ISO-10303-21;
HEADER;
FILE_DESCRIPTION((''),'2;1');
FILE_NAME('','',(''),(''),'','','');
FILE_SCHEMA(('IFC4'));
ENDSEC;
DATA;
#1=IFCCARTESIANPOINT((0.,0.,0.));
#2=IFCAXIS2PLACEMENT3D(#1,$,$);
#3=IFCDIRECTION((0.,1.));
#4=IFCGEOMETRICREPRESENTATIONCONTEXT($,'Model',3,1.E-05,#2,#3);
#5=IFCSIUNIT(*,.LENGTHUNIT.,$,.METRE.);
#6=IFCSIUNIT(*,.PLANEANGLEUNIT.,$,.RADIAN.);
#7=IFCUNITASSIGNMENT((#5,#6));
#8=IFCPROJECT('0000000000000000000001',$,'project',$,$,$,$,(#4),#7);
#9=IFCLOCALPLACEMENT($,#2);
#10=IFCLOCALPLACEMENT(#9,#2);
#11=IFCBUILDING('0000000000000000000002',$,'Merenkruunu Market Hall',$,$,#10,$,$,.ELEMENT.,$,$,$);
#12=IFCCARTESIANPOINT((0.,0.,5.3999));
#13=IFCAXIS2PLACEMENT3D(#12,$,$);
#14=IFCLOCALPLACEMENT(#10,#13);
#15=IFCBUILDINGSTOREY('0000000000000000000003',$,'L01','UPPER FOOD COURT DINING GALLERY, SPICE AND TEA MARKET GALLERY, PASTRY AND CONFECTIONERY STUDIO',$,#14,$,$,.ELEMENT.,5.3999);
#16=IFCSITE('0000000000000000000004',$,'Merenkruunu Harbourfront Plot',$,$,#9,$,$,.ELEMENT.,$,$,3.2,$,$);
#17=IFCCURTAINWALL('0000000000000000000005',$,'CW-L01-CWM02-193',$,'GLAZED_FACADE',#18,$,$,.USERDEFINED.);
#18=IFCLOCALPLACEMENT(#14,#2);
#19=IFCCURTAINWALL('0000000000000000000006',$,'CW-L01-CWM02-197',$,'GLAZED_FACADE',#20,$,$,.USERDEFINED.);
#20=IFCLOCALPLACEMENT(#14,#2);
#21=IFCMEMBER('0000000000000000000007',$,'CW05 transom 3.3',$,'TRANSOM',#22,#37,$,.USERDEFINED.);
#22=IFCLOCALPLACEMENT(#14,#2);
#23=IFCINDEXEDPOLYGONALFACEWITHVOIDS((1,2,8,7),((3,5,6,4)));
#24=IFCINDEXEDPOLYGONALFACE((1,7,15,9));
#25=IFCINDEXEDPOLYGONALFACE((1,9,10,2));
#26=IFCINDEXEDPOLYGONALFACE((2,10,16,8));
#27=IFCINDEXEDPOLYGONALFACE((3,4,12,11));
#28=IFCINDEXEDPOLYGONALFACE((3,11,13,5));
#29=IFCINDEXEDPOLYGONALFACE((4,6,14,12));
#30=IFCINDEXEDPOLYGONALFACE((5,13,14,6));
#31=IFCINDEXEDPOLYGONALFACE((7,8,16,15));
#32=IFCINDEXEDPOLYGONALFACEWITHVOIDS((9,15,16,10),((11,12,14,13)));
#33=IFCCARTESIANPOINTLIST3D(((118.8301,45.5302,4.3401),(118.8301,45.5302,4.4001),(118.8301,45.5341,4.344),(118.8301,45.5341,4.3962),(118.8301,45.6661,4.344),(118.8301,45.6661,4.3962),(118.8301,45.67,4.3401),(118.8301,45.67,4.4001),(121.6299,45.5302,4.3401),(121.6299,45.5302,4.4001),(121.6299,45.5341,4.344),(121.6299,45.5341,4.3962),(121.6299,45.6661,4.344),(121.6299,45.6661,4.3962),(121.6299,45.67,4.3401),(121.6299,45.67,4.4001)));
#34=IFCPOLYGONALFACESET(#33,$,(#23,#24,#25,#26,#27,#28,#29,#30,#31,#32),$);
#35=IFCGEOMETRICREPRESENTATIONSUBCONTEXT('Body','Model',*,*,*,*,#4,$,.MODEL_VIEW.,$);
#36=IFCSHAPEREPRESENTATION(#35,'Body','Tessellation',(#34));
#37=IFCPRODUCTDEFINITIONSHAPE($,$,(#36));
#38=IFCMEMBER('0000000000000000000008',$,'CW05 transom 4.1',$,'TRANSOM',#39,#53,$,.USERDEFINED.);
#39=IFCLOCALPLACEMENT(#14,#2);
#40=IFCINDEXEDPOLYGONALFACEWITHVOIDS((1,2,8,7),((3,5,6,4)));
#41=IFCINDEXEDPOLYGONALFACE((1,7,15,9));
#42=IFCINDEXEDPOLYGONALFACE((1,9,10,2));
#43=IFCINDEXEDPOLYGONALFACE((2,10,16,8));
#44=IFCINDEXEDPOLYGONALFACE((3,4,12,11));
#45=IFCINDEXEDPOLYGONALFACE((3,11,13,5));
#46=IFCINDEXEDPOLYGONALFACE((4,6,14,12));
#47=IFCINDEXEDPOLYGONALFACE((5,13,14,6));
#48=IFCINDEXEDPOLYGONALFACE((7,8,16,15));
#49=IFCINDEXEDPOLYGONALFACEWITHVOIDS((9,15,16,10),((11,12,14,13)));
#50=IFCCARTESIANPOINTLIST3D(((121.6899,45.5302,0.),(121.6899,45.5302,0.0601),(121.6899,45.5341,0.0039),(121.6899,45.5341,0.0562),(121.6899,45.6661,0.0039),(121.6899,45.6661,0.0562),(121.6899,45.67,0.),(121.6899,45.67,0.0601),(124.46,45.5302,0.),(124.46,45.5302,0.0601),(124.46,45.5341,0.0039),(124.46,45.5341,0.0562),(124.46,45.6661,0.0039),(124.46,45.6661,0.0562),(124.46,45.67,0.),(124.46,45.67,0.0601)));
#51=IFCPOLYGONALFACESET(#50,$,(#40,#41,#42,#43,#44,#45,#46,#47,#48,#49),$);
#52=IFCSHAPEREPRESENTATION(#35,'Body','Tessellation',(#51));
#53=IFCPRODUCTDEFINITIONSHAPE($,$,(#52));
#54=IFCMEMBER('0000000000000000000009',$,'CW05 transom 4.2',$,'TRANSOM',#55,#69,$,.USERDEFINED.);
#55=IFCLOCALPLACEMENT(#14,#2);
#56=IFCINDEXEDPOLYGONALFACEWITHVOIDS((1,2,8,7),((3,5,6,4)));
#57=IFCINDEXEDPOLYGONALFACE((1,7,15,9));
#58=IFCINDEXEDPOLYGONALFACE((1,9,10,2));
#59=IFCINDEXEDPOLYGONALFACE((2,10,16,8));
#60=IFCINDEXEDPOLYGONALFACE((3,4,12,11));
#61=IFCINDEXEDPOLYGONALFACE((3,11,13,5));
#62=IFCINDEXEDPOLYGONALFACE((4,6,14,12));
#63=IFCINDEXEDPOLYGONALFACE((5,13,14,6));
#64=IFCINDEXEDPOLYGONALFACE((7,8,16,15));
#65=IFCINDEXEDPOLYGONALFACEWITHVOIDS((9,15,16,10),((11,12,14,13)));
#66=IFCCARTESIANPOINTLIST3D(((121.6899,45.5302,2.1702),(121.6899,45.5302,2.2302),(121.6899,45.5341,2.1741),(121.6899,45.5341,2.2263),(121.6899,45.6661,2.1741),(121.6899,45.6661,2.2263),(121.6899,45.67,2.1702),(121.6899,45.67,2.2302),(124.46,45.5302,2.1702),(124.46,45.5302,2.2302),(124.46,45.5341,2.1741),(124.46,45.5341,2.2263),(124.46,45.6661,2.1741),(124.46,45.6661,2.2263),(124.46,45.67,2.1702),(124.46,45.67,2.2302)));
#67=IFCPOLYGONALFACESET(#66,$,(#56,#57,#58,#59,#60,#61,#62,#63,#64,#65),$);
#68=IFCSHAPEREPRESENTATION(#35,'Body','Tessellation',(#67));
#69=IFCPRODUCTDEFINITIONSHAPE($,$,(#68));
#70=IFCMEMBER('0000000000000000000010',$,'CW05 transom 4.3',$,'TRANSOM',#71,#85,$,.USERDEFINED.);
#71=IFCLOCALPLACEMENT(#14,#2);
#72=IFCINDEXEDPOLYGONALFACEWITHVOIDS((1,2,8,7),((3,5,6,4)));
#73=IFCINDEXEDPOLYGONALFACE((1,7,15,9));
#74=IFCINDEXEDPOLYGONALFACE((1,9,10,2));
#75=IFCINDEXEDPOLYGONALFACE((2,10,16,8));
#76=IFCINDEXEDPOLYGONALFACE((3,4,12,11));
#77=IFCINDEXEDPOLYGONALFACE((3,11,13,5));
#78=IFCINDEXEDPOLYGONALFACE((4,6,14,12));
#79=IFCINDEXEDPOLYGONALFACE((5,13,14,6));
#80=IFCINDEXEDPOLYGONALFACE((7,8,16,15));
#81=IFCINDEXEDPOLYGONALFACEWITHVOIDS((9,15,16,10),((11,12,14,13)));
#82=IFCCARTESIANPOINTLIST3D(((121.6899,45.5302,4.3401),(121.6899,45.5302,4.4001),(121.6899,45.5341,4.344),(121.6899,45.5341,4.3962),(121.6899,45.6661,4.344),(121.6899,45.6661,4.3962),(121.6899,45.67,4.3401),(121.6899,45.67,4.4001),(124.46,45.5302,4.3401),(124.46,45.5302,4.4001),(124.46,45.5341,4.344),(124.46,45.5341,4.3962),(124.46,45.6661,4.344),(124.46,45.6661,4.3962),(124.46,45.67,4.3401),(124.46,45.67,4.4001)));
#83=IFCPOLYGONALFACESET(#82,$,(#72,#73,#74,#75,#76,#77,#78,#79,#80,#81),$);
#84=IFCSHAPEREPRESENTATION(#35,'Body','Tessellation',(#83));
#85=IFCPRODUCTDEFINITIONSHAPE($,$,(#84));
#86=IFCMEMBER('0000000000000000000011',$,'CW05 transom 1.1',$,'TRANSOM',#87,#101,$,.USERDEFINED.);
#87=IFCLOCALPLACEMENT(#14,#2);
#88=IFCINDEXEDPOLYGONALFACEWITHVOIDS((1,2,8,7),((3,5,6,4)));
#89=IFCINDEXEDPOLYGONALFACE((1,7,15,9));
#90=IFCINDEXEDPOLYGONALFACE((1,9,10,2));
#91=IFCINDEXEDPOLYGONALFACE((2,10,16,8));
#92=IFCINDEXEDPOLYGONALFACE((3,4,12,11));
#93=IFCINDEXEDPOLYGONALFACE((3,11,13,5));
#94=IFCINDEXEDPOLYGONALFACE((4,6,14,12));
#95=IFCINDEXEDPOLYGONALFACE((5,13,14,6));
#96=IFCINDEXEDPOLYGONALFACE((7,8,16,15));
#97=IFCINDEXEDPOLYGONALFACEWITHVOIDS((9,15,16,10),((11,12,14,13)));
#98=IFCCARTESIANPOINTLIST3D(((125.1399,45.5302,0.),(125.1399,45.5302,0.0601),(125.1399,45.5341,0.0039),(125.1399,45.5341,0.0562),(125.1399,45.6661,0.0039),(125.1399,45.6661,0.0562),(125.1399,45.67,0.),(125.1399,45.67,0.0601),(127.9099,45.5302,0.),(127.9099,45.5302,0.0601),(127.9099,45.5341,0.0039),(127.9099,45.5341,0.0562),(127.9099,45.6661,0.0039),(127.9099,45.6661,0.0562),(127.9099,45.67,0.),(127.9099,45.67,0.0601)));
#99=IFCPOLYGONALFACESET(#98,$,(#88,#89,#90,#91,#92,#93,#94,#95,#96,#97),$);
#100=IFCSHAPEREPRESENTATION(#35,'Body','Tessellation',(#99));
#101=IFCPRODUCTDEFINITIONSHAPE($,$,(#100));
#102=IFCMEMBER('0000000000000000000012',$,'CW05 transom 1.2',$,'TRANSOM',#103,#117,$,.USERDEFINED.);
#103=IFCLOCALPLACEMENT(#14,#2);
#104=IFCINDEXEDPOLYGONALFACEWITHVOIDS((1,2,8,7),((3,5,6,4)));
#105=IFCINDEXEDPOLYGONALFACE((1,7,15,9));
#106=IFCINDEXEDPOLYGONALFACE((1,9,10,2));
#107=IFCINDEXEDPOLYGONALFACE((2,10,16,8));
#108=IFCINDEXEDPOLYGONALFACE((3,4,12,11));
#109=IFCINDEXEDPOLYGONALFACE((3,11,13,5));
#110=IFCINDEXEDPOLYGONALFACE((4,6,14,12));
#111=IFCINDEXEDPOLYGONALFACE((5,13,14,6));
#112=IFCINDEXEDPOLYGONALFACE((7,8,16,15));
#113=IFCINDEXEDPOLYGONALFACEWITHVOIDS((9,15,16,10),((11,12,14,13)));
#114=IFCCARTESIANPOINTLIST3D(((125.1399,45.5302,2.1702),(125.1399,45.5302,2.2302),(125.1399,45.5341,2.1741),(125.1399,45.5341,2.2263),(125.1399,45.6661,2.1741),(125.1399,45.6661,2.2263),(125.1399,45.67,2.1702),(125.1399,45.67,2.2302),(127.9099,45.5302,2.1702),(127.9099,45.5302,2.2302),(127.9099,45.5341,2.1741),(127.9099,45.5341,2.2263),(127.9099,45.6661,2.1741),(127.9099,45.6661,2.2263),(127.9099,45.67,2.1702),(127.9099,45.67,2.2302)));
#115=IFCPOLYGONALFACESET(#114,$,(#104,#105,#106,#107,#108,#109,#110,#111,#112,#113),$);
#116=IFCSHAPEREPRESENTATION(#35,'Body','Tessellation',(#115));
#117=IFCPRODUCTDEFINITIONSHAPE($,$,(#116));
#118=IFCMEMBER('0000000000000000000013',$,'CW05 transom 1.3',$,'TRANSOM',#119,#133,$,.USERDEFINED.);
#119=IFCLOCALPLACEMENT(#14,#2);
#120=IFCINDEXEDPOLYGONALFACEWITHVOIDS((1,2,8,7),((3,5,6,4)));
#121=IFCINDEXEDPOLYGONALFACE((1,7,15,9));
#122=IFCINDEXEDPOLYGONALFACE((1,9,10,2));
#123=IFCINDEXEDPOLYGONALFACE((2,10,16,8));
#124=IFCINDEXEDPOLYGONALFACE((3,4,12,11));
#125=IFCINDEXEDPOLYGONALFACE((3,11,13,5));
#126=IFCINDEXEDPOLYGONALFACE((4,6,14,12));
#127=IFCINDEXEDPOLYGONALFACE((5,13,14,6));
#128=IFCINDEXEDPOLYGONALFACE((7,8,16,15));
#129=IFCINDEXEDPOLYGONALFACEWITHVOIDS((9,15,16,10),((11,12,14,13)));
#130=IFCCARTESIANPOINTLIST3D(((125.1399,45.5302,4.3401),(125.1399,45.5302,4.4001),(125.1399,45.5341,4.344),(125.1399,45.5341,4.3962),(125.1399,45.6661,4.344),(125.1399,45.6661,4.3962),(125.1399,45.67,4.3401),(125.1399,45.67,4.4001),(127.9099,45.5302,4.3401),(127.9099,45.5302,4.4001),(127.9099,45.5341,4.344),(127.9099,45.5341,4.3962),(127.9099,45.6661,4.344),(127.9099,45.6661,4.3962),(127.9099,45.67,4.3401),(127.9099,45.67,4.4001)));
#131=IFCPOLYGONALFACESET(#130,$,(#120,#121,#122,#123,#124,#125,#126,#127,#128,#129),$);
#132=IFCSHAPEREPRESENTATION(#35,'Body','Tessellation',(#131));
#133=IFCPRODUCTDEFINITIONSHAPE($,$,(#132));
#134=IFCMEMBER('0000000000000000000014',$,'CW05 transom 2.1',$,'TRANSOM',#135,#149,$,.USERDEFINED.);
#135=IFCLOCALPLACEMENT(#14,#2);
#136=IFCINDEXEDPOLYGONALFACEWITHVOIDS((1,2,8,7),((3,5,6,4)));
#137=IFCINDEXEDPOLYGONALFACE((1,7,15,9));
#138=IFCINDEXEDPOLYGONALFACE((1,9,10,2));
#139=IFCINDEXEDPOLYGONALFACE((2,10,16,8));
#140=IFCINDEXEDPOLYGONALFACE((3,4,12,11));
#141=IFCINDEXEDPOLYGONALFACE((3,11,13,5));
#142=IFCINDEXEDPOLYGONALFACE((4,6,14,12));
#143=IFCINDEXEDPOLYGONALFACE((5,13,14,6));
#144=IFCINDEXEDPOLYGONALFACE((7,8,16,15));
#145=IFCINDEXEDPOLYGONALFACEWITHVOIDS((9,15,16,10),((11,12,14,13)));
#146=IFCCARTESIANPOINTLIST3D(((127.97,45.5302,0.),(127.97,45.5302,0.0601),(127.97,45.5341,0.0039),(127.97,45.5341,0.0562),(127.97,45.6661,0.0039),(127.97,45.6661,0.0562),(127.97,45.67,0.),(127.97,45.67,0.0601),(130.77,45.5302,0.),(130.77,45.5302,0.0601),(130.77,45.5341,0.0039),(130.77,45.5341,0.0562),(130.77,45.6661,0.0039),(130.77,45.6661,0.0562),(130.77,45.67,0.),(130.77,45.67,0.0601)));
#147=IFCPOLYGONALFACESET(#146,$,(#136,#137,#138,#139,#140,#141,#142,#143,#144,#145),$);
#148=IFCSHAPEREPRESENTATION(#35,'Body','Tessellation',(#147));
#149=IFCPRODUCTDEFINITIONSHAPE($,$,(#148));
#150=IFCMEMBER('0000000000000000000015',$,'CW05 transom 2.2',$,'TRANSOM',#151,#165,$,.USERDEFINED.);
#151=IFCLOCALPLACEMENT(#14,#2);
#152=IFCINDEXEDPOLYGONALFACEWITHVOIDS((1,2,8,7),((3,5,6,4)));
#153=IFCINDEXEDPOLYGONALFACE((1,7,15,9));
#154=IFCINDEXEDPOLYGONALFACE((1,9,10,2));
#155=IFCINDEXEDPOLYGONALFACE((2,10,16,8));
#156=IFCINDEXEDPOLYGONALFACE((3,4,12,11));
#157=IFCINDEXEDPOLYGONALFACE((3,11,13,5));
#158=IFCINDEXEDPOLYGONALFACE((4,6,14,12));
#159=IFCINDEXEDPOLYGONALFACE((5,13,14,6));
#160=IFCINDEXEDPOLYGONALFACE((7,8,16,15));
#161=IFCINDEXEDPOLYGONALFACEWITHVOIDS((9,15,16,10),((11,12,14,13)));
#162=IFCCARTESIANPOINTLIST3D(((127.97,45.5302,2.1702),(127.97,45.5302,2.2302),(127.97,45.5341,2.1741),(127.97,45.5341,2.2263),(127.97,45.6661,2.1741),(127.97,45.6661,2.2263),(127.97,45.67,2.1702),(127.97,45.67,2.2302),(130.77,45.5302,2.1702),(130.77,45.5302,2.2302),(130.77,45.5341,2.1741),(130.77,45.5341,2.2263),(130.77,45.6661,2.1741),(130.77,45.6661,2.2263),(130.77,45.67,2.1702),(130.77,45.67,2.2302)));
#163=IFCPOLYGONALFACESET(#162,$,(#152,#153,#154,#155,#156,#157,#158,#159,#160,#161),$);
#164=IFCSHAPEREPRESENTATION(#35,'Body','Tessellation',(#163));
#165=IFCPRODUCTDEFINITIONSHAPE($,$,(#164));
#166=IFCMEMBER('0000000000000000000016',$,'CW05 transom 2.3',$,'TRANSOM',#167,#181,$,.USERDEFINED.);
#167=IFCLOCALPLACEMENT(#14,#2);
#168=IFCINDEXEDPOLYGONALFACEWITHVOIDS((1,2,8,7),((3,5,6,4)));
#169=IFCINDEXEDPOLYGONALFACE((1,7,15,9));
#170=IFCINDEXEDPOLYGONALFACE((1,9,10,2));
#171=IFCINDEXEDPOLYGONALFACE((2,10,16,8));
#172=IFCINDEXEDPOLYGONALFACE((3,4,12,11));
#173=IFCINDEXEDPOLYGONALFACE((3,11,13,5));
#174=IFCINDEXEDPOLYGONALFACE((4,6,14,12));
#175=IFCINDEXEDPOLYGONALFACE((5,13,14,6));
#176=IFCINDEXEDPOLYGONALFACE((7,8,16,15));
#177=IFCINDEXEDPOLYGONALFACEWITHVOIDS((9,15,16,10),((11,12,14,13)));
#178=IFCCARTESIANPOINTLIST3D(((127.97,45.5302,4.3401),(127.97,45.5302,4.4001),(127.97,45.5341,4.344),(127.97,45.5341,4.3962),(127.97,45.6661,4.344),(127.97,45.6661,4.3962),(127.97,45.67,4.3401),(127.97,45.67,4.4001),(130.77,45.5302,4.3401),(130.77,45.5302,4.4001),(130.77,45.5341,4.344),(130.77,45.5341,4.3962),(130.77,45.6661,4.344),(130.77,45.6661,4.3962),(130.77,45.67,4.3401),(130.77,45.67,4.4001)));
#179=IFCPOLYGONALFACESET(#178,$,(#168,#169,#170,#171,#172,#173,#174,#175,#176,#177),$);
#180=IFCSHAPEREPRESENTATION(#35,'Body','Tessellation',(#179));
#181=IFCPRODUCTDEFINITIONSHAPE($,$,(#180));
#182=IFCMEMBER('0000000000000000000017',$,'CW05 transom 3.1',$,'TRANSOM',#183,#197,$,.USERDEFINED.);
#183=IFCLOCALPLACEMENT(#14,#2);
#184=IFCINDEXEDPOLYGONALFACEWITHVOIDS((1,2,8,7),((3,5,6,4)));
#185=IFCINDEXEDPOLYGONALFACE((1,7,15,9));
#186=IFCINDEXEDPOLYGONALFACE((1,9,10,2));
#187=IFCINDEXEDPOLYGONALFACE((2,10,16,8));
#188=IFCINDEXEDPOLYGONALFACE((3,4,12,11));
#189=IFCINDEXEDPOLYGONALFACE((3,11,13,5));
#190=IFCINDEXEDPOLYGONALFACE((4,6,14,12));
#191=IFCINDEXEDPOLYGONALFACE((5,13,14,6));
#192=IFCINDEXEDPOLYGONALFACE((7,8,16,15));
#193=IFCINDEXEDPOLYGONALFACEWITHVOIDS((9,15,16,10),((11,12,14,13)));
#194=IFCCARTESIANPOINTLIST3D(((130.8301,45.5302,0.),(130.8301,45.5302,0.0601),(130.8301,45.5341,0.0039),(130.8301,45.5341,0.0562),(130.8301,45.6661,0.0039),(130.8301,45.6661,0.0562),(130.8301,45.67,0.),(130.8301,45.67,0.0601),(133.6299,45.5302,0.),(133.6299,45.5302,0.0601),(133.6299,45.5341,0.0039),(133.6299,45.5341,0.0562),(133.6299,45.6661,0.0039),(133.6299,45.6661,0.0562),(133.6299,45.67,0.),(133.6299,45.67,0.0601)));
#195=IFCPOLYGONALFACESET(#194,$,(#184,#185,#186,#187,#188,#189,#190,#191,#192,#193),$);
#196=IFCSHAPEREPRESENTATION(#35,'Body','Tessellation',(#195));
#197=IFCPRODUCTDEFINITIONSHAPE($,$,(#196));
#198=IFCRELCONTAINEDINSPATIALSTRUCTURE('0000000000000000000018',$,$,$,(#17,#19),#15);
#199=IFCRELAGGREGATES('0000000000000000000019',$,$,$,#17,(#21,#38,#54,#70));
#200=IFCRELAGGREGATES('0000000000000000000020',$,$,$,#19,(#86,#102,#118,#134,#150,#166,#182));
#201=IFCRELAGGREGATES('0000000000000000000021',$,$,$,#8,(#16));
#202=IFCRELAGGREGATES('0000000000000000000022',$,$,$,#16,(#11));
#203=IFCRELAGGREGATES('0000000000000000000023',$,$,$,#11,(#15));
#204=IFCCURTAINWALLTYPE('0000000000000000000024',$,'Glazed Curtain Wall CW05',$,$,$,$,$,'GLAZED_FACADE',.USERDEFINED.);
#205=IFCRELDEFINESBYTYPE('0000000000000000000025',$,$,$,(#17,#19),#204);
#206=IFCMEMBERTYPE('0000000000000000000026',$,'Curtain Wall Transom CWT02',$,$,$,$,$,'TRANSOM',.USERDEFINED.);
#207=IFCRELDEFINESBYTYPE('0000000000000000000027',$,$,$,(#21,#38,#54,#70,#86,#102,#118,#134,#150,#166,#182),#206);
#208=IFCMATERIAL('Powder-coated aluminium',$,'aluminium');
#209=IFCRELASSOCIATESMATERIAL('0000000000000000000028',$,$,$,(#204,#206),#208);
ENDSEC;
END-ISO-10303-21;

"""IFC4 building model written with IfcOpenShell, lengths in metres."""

from ifc_helpers import new_model, si_unit, direction, frame, origin, origin_2d, place, context, subcontext, project, spatial, hollow_rectangle, extrude, material, material_profile, profile_set, type_object, element, aggregate, save


model = new_model("IFC4")

# Units and contexts
model_context = context("Model", 3, precision=1e-05, world=origin(), true_north=direction((0.0, 1.0)))
body_context = subcontext(model_context, "Body", "Model", "MODEL_VIEW")
ifc_project = project(units=[si_unit("LENGTHUNIT", "METRE"), si_unit("PLANEANGLEUNIT", "RADIAN")], contexts=[model_context])

# Site, building, storey
site_placement = place(None, origin())
site = spatial("IfcSite", under=ifc_project, at=site_placement, Name="Merenkruunu Harbourfront Plot", CompositionType="ELEMENT", RefElevation=3.2)
building_placement = place(site_placement, origin())
building = spatial("IfcBuilding", under=site, at=building_placement, Name="Merenkruunu Market Hall", CompositionType="ELEMENT")
storey_placement = place(building_placement, frame((0.0, 0.0, 5.3999)))
storey = spatial("IfcBuildingStorey", under=building, at=storey_placement, Name="L01", Description="UPPER FOOD COURT DINING GALLERY, SPICE AND TEA MARKET GALLERY, PASTRY AND CONFECTIONERY STUDIO", CompositionType="ELEMENT", Elevation=5.3999)

# Curtain walls
ifc_material_1 = material(Name="Powder-coated aluminium", Category="aluminium")
curtain_wall_type = type_object("IfcCurtainWallType", Name="Glazed Curtain Wall CW05", ElementType="GLAZED_FACADE", PredefinedType="USERDEFINED", material=ifc_material_1)
curtain_wall_1_placement = place(storey_placement, origin())
curtain_wall_1 = element("IfcCurtainWall", 1, at=curtain_wall_1_placement, inside=storey, type_object=curtain_wall_type, Name="CW-L01-CWM02-193", ObjectType="GLAZED_FACADE", PredefinedType="USERDEFINED")
curtain_wall_2_placement = place(storey_placement, origin())
curtain_wall_2 = element("IfcCurtainWall", 2, at=curtain_wall_2_placement, inside=storey, type_object=curtain_wall_type, Name="CW-L01-CWM02-197", ObjectType="GLAZED_FACADE", PredefinedType="USERDEFINED")

# Members
ifc_material_profile_1 = material_profile(ifc_material_1, hollow_rectangle(XDim=0.0601, YDim=0.1399, WallThickness=0.0039, at=origin_2d()), Name="ALU 60x140x4")
ifc_profile_set_1 = profile_set([ifc_material_profile_1], Name="Powder-coated aluminium")
member_type_1 = type_object("IfcMemberType", Name="Curtain Wall Transom CWT02", ElementType="TRANSOM", PredefinedType="USERDEFINED", material=ifc_profile_set_1)
member_1_placement = place(storey_placement, frame((118.8301, 45.6001, 4.3701), z_axis=(1.0, 0.0, 0.0), x_axis=(0.0, 0.0, 1.0)))
member_1 = element("IfcMember", 3, at=member_1_placement, type_object=member_type_1, Name="CW05 transom 3.3", ObjectType="TRANSOM", PredefinedType="USERDEFINED", context=body_context, shape_type="SweptSolid", body=[
    extrude(hollow_rectangle(XDim=0.0601, YDim=0.1399, WallThickness=0.0039, at=origin_2d()), origin(), (0.0, 0.0, 1.0), 2.7998),
])
member_2_placement = place(storey_placement, frame((121.6899, 45.6001, 0.03), z_axis=(1.0, 0.0, 0.0), x_axis=(0.0, 0.0, 1.0)))
member_2 = element("IfcMember", 4, at=member_2_placement, type_object=member_type_1, Name="CW05 transom 4.1", ObjectType="TRANSOM", PredefinedType="USERDEFINED", context=body_context, shape_type="SweptSolid", body=[
    extrude(hollow_rectangle(XDim=0.0601, YDim=0.1399, WallThickness=0.0039, at=origin_2d()), origin(), (0.0, 0.0, 1.0), 2.77),
])
member_3_placement = place(storey_placement, frame((121.6899, 45.6001, 2.2002), z_axis=(1.0, 0.0, 0.0), x_axis=(0.0, 0.0, 1.0)))
member_3 = element("IfcMember", 5, at=member_3_placement, type_object=member_type_1, Name="CW05 transom 4.2", ObjectType="TRANSOM", PredefinedType="USERDEFINED", context=body_context, shape_type="SweptSolid", body=[
    extrude(hollow_rectangle(XDim=0.0601, YDim=0.1399, WallThickness=0.0039, at=origin_2d()), origin(), (0.0, 0.0, 1.0), 2.77),
])
member_4_placement = place(storey_placement, frame((121.6899, 45.6001, 4.3701), z_axis=(1.0, 0.0, 0.0), x_axis=(0.0, 0.0, 1.0)))
member_4 = element("IfcMember", 6, at=member_4_placement, type_object=member_type_1, Name="CW05 transom 4.3", ObjectType="TRANSOM", PredefinedType="USERDEFINED", context=body_context, shape_type="SweptSolid", body=[
    extrude(hollow_rectangle(XDim=0.0601, YDim=0.1399, WallThickness=0.0039, at=origin_2d()), origin(), (0.0, 0.0, 1.0), 2.77),
])
member_5_placement = place(storey_placement, frame((125.1399, 45.6001, 0.03), z_axis=(1.0, 0.0, 0.0), x_axis=(0.0, 0.0, 1.0)))
member_5 = element("IfcMember", 7, at=member_5_placement, type_object=member_type_1, Name="CW05 transom 1.1", ObjectType="TRANSOM", PredefinedType="USERDEFINED", context=body_context, shape_type="SweptSolid", body=[
    extrude(hollow_rectangle(XDim=0.0601, YDim=0.1399, WallThickness=0.0039, at=origin_2d()), origin(), (0.0, 0.0, 1.0), 2.77),
])
member_6_placement = place(storey_placement, frame((125.1399, 45.6001, 2.2002), z_axis=(1.0, 0.0, 0.0), x_axis=(0.0, 0.0, 1.0)))
member_6 = element("IfcMember", 8, at=member_6_placement, type_object=member_type_1, Name="CW05 transom 1.2", ObjectType="TRANSOM", PredefinedType="USERDEFINED", context=body_context, shape_type="SweptSolid", body=[
    extrude(hollow_rectangle(XDim=0.0601, YDim=0.1399, WallThickness=0.0039, at=origin_2d()), origin(), (0.0, 0.0, 1.0), 2.77),
])
member_7_placement = place(storey_placement, frame((125.1399, 45.6001, 4.3701), z_axis=(1.0, 0.0, 0.0), x_axis=(0.0, 0.0, 1.0)))
member_7 = element("IfcMember", 9, at=member_7_placement, type_object=member_type_1, Name="CW05 transom 1.3", ObjectType="TRANSOM", PredefinedType="USERDEFINED", context=body_context, shape_type="SweptSolid", body=[
    extrude(hollow_rectangle(XDim=0.0601, YDim=0.1399, WallThickness=0.0039, at=origin_2d()), origin(), (0.0, 0.0, 1.0), 2.77),
])
member_8_placement = place(storey_placement, frame((127.97, 45.6001, 0.03), z_axis=(1.0, 0.0, 0.0), x_axis=(0.0, 0.0, 1.0)))
member_8 = element("IfcMember", 10, at=member_8_placement, type_object=member_type_1, Name="CW05 transom 2.1", ObjectType="TRANSOM", PredefinedType="USERDEFINED", context=body_context, shape_type="SweptSolid", body=[
    extrude(hollow_rectangle(XDim=0.0601, YDim=0.1399, WallThickness=0.0039, at=origin_2d()), origin(), (0.0, 0.0, 1.0), 2.8),
])
member_9_placement = place(storey_placement, frame((127.97, 45.6001, 2.2002), z_axis=(1.0, 0.0, 0.0), x_axis=(0.0, 0.0, 1.0)))
member_9 = element("IfcMember", 11, at=member_9_placement, type_object=member_type_1, Name="CW05 transom 2.2", ObjectType="TRANSOM", PredefinedType="USERDEFINED", context=body_context, shape_type="SweptSolid", body=[
    extrude(hollow_rectangle(XDim=0.0601, YDim=0.1399, WallThickness=0.0039, at=origin_2d()), origin(), (0.0, 0.0, 1.0), 2.8),
])
member_10_placement = place(storey_placement, frame((127.97, 45.6001, 4.3701), z_axis=(1.0, 0.0, 0.0), x_axis=(0.0, 0.0, 1.0)))
member_10 = element("IfcMember", 12, at=member_10_placement, type_object=member_type_1, Name="CW05 transom 2.3", ObjectType="TRANSOM", PredefinedType="USERDEFINED", context=body_context, shape_type="SweptSolid", body=[
    extrude(hollow_rectangle(XDim=0.0601, YDim=0.1399, WallThickness=0.0039, at=origin_2d()), origin(), (0.0, 0.0, 1.0), 2.8),
])
member_11_placement = place(storey_placement, frame((130.8301, 45.6001, 0.03), z_axis=(1.0, 0.0, 0.0), x_axis=(0.0, 0.0, 1.0)))
member_11 = element("IfcMember", 13, at=member_11_placement, type_object=member_type_1, Name="CW05 transom 3.1", ObjectType="TRANSOM", PredefinedType="USERDEFINED", context=body_context, shape_type="SweptSolid", body=[
    extrude(hollow_rectangle(XDim=0.0601, YDim=0.1399, WallThickness=0.0039, at=origin_2d()), origin(), (0.0, 0.0, 1.0), 2.7998),
])

aggregate(curtain_wall_1, [member_1, member_2, member_3, member_4])
aggregate(curtain_wall_2, [member_5, member_6, member_7, member_8, member_9, member_10, member_11])

save(model, "model.ifc")
